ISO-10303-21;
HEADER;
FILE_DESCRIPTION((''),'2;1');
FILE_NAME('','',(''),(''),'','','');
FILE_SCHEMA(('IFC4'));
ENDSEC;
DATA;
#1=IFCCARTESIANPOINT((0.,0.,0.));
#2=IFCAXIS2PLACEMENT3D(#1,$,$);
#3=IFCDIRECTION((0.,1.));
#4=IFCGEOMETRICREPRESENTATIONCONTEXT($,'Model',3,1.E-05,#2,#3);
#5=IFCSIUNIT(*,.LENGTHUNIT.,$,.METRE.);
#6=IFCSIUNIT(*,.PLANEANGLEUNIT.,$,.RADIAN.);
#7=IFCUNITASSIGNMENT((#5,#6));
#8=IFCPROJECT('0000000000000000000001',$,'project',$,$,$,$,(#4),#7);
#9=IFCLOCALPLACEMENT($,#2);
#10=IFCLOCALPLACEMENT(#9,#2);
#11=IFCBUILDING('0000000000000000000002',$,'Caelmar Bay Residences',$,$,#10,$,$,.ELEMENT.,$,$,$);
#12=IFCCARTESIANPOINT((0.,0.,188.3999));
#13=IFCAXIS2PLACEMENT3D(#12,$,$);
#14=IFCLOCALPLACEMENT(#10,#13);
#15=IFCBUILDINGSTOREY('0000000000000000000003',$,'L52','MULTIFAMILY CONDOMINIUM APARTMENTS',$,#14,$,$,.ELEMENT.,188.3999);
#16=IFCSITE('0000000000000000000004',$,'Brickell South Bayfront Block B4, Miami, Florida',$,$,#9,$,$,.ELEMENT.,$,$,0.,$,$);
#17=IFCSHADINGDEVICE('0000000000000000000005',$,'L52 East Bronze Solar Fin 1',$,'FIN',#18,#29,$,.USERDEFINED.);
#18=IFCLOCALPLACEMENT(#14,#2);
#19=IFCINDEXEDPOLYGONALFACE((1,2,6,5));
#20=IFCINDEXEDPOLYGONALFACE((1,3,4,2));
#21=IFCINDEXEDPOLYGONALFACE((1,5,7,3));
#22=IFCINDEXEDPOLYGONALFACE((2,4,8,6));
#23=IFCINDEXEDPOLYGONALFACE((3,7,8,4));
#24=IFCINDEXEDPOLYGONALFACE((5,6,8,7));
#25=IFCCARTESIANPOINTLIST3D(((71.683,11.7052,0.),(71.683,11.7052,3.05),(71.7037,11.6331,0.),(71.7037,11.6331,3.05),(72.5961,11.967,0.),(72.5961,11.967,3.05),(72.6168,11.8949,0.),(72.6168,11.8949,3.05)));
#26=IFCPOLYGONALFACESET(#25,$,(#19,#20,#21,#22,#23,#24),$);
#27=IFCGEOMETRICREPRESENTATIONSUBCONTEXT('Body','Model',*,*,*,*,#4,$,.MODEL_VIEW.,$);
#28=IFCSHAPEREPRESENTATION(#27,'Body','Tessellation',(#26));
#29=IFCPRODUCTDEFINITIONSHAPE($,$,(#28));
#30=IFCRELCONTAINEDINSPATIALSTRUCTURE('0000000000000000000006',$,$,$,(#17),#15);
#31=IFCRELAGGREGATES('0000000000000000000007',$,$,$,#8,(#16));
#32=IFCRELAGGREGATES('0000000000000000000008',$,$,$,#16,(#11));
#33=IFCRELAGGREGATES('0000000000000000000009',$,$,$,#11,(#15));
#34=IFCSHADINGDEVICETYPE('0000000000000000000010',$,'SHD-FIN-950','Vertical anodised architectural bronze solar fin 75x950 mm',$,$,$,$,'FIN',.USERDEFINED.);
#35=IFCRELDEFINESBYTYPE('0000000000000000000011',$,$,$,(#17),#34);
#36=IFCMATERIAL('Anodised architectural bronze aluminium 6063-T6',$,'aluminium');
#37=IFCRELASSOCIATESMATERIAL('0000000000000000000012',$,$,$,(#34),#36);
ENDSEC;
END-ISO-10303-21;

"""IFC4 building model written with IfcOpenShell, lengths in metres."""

from ifc_helpers import new_model, si_unit, direction, frame, origin, origin_2d, place, context, subcontext, project, spatial, rectangle, extrude, material, material_profile, profile_set, type_object, element, save


model = new_model("IFC4")

# Units and contexts
model_context = context("Model", 3, precision=1e-05, world=origin(), true_north=direction((0.0, 1.0)))
body_context = subcontext(model_context, "Body", "Model", "MODEL_VIEW")
ifc_project = project(units=[si_unit("LENGTHUNIT", "METRE"), si_unit("PLANEANGLEUNIT", "RADIAN")], contexts=[model_context])

# Site, building, storey
site_placement = place(None, origin())
site = spatial("IfcSite", under=ifc_project, at=site_placement, Name="Brickell South Bayfront Block B4, Miami, Florida", CompositionType="ELEMENT", RefElevation=0.0)
building_placement = place(site_placement, origin())
building = spatial("IfcBuilding", under=site, at=building_placement, Name="Caelmar Bay Residences", CompositionType="ELEMENT")
storey_placement = place(building_placement, frame((0.0, 0.0, 188.3999)))
storey = spatial("IfcBuildingStorey", under=building, at=storey_placement, Name="L52", Description="MULTIFAMILY CONDOMINIUM APARTMENTS", CompositionType="ELEMENT", Elevation=188.3999)

# Shading device
ifc_material_1 = material(Name="Anodised architectural bronze aluminium 6063-T6", Category="aluminium")
ifc_material_profile_1 = material_profile(ifc_material_1, rectangle(XDim=0.075, YDim=0.95, at=origin_2d()), Name="BRONZE-FIN-75X950")
ifc_profile_set_1 = profile_set([ifc_material_profile_1], Name="Anodised architectural bronze aluminium 6063-T6")
shading_device_type = type_object("IfcShadingDeviceType", Name="SHD-FIN-950", Description="Vertical anodised architectural bronze solar fin 75x950 mm", ElementType="FIN", PredefinedType="USERDEFINED", material=ifc_profile_set_1)
shading_device_placement = place(storey_placement, frame((72.1499, 11.8, 0.0), z_axis=(0.0, 0.0, 1.0), x_axis=(-0.275637, 0.961262, 0.0)))
element("IfcShadingDevice", 1, at=shading_device_placement, inside=storey, type_object=shading_device_type, Name="L52 East Bronze Solar Fin 1", ObjectType="FIN", PredefinedType="USERDEFINED", context=body_context, shape_type="SweptSolid", body=[
    extrude(rectangle(XDim=0.075, YDim=0.95, at=origin_2d()), origin(), (0.0, 0.0, 1.0), 3.05),
])

save(model, "model.ifc")
